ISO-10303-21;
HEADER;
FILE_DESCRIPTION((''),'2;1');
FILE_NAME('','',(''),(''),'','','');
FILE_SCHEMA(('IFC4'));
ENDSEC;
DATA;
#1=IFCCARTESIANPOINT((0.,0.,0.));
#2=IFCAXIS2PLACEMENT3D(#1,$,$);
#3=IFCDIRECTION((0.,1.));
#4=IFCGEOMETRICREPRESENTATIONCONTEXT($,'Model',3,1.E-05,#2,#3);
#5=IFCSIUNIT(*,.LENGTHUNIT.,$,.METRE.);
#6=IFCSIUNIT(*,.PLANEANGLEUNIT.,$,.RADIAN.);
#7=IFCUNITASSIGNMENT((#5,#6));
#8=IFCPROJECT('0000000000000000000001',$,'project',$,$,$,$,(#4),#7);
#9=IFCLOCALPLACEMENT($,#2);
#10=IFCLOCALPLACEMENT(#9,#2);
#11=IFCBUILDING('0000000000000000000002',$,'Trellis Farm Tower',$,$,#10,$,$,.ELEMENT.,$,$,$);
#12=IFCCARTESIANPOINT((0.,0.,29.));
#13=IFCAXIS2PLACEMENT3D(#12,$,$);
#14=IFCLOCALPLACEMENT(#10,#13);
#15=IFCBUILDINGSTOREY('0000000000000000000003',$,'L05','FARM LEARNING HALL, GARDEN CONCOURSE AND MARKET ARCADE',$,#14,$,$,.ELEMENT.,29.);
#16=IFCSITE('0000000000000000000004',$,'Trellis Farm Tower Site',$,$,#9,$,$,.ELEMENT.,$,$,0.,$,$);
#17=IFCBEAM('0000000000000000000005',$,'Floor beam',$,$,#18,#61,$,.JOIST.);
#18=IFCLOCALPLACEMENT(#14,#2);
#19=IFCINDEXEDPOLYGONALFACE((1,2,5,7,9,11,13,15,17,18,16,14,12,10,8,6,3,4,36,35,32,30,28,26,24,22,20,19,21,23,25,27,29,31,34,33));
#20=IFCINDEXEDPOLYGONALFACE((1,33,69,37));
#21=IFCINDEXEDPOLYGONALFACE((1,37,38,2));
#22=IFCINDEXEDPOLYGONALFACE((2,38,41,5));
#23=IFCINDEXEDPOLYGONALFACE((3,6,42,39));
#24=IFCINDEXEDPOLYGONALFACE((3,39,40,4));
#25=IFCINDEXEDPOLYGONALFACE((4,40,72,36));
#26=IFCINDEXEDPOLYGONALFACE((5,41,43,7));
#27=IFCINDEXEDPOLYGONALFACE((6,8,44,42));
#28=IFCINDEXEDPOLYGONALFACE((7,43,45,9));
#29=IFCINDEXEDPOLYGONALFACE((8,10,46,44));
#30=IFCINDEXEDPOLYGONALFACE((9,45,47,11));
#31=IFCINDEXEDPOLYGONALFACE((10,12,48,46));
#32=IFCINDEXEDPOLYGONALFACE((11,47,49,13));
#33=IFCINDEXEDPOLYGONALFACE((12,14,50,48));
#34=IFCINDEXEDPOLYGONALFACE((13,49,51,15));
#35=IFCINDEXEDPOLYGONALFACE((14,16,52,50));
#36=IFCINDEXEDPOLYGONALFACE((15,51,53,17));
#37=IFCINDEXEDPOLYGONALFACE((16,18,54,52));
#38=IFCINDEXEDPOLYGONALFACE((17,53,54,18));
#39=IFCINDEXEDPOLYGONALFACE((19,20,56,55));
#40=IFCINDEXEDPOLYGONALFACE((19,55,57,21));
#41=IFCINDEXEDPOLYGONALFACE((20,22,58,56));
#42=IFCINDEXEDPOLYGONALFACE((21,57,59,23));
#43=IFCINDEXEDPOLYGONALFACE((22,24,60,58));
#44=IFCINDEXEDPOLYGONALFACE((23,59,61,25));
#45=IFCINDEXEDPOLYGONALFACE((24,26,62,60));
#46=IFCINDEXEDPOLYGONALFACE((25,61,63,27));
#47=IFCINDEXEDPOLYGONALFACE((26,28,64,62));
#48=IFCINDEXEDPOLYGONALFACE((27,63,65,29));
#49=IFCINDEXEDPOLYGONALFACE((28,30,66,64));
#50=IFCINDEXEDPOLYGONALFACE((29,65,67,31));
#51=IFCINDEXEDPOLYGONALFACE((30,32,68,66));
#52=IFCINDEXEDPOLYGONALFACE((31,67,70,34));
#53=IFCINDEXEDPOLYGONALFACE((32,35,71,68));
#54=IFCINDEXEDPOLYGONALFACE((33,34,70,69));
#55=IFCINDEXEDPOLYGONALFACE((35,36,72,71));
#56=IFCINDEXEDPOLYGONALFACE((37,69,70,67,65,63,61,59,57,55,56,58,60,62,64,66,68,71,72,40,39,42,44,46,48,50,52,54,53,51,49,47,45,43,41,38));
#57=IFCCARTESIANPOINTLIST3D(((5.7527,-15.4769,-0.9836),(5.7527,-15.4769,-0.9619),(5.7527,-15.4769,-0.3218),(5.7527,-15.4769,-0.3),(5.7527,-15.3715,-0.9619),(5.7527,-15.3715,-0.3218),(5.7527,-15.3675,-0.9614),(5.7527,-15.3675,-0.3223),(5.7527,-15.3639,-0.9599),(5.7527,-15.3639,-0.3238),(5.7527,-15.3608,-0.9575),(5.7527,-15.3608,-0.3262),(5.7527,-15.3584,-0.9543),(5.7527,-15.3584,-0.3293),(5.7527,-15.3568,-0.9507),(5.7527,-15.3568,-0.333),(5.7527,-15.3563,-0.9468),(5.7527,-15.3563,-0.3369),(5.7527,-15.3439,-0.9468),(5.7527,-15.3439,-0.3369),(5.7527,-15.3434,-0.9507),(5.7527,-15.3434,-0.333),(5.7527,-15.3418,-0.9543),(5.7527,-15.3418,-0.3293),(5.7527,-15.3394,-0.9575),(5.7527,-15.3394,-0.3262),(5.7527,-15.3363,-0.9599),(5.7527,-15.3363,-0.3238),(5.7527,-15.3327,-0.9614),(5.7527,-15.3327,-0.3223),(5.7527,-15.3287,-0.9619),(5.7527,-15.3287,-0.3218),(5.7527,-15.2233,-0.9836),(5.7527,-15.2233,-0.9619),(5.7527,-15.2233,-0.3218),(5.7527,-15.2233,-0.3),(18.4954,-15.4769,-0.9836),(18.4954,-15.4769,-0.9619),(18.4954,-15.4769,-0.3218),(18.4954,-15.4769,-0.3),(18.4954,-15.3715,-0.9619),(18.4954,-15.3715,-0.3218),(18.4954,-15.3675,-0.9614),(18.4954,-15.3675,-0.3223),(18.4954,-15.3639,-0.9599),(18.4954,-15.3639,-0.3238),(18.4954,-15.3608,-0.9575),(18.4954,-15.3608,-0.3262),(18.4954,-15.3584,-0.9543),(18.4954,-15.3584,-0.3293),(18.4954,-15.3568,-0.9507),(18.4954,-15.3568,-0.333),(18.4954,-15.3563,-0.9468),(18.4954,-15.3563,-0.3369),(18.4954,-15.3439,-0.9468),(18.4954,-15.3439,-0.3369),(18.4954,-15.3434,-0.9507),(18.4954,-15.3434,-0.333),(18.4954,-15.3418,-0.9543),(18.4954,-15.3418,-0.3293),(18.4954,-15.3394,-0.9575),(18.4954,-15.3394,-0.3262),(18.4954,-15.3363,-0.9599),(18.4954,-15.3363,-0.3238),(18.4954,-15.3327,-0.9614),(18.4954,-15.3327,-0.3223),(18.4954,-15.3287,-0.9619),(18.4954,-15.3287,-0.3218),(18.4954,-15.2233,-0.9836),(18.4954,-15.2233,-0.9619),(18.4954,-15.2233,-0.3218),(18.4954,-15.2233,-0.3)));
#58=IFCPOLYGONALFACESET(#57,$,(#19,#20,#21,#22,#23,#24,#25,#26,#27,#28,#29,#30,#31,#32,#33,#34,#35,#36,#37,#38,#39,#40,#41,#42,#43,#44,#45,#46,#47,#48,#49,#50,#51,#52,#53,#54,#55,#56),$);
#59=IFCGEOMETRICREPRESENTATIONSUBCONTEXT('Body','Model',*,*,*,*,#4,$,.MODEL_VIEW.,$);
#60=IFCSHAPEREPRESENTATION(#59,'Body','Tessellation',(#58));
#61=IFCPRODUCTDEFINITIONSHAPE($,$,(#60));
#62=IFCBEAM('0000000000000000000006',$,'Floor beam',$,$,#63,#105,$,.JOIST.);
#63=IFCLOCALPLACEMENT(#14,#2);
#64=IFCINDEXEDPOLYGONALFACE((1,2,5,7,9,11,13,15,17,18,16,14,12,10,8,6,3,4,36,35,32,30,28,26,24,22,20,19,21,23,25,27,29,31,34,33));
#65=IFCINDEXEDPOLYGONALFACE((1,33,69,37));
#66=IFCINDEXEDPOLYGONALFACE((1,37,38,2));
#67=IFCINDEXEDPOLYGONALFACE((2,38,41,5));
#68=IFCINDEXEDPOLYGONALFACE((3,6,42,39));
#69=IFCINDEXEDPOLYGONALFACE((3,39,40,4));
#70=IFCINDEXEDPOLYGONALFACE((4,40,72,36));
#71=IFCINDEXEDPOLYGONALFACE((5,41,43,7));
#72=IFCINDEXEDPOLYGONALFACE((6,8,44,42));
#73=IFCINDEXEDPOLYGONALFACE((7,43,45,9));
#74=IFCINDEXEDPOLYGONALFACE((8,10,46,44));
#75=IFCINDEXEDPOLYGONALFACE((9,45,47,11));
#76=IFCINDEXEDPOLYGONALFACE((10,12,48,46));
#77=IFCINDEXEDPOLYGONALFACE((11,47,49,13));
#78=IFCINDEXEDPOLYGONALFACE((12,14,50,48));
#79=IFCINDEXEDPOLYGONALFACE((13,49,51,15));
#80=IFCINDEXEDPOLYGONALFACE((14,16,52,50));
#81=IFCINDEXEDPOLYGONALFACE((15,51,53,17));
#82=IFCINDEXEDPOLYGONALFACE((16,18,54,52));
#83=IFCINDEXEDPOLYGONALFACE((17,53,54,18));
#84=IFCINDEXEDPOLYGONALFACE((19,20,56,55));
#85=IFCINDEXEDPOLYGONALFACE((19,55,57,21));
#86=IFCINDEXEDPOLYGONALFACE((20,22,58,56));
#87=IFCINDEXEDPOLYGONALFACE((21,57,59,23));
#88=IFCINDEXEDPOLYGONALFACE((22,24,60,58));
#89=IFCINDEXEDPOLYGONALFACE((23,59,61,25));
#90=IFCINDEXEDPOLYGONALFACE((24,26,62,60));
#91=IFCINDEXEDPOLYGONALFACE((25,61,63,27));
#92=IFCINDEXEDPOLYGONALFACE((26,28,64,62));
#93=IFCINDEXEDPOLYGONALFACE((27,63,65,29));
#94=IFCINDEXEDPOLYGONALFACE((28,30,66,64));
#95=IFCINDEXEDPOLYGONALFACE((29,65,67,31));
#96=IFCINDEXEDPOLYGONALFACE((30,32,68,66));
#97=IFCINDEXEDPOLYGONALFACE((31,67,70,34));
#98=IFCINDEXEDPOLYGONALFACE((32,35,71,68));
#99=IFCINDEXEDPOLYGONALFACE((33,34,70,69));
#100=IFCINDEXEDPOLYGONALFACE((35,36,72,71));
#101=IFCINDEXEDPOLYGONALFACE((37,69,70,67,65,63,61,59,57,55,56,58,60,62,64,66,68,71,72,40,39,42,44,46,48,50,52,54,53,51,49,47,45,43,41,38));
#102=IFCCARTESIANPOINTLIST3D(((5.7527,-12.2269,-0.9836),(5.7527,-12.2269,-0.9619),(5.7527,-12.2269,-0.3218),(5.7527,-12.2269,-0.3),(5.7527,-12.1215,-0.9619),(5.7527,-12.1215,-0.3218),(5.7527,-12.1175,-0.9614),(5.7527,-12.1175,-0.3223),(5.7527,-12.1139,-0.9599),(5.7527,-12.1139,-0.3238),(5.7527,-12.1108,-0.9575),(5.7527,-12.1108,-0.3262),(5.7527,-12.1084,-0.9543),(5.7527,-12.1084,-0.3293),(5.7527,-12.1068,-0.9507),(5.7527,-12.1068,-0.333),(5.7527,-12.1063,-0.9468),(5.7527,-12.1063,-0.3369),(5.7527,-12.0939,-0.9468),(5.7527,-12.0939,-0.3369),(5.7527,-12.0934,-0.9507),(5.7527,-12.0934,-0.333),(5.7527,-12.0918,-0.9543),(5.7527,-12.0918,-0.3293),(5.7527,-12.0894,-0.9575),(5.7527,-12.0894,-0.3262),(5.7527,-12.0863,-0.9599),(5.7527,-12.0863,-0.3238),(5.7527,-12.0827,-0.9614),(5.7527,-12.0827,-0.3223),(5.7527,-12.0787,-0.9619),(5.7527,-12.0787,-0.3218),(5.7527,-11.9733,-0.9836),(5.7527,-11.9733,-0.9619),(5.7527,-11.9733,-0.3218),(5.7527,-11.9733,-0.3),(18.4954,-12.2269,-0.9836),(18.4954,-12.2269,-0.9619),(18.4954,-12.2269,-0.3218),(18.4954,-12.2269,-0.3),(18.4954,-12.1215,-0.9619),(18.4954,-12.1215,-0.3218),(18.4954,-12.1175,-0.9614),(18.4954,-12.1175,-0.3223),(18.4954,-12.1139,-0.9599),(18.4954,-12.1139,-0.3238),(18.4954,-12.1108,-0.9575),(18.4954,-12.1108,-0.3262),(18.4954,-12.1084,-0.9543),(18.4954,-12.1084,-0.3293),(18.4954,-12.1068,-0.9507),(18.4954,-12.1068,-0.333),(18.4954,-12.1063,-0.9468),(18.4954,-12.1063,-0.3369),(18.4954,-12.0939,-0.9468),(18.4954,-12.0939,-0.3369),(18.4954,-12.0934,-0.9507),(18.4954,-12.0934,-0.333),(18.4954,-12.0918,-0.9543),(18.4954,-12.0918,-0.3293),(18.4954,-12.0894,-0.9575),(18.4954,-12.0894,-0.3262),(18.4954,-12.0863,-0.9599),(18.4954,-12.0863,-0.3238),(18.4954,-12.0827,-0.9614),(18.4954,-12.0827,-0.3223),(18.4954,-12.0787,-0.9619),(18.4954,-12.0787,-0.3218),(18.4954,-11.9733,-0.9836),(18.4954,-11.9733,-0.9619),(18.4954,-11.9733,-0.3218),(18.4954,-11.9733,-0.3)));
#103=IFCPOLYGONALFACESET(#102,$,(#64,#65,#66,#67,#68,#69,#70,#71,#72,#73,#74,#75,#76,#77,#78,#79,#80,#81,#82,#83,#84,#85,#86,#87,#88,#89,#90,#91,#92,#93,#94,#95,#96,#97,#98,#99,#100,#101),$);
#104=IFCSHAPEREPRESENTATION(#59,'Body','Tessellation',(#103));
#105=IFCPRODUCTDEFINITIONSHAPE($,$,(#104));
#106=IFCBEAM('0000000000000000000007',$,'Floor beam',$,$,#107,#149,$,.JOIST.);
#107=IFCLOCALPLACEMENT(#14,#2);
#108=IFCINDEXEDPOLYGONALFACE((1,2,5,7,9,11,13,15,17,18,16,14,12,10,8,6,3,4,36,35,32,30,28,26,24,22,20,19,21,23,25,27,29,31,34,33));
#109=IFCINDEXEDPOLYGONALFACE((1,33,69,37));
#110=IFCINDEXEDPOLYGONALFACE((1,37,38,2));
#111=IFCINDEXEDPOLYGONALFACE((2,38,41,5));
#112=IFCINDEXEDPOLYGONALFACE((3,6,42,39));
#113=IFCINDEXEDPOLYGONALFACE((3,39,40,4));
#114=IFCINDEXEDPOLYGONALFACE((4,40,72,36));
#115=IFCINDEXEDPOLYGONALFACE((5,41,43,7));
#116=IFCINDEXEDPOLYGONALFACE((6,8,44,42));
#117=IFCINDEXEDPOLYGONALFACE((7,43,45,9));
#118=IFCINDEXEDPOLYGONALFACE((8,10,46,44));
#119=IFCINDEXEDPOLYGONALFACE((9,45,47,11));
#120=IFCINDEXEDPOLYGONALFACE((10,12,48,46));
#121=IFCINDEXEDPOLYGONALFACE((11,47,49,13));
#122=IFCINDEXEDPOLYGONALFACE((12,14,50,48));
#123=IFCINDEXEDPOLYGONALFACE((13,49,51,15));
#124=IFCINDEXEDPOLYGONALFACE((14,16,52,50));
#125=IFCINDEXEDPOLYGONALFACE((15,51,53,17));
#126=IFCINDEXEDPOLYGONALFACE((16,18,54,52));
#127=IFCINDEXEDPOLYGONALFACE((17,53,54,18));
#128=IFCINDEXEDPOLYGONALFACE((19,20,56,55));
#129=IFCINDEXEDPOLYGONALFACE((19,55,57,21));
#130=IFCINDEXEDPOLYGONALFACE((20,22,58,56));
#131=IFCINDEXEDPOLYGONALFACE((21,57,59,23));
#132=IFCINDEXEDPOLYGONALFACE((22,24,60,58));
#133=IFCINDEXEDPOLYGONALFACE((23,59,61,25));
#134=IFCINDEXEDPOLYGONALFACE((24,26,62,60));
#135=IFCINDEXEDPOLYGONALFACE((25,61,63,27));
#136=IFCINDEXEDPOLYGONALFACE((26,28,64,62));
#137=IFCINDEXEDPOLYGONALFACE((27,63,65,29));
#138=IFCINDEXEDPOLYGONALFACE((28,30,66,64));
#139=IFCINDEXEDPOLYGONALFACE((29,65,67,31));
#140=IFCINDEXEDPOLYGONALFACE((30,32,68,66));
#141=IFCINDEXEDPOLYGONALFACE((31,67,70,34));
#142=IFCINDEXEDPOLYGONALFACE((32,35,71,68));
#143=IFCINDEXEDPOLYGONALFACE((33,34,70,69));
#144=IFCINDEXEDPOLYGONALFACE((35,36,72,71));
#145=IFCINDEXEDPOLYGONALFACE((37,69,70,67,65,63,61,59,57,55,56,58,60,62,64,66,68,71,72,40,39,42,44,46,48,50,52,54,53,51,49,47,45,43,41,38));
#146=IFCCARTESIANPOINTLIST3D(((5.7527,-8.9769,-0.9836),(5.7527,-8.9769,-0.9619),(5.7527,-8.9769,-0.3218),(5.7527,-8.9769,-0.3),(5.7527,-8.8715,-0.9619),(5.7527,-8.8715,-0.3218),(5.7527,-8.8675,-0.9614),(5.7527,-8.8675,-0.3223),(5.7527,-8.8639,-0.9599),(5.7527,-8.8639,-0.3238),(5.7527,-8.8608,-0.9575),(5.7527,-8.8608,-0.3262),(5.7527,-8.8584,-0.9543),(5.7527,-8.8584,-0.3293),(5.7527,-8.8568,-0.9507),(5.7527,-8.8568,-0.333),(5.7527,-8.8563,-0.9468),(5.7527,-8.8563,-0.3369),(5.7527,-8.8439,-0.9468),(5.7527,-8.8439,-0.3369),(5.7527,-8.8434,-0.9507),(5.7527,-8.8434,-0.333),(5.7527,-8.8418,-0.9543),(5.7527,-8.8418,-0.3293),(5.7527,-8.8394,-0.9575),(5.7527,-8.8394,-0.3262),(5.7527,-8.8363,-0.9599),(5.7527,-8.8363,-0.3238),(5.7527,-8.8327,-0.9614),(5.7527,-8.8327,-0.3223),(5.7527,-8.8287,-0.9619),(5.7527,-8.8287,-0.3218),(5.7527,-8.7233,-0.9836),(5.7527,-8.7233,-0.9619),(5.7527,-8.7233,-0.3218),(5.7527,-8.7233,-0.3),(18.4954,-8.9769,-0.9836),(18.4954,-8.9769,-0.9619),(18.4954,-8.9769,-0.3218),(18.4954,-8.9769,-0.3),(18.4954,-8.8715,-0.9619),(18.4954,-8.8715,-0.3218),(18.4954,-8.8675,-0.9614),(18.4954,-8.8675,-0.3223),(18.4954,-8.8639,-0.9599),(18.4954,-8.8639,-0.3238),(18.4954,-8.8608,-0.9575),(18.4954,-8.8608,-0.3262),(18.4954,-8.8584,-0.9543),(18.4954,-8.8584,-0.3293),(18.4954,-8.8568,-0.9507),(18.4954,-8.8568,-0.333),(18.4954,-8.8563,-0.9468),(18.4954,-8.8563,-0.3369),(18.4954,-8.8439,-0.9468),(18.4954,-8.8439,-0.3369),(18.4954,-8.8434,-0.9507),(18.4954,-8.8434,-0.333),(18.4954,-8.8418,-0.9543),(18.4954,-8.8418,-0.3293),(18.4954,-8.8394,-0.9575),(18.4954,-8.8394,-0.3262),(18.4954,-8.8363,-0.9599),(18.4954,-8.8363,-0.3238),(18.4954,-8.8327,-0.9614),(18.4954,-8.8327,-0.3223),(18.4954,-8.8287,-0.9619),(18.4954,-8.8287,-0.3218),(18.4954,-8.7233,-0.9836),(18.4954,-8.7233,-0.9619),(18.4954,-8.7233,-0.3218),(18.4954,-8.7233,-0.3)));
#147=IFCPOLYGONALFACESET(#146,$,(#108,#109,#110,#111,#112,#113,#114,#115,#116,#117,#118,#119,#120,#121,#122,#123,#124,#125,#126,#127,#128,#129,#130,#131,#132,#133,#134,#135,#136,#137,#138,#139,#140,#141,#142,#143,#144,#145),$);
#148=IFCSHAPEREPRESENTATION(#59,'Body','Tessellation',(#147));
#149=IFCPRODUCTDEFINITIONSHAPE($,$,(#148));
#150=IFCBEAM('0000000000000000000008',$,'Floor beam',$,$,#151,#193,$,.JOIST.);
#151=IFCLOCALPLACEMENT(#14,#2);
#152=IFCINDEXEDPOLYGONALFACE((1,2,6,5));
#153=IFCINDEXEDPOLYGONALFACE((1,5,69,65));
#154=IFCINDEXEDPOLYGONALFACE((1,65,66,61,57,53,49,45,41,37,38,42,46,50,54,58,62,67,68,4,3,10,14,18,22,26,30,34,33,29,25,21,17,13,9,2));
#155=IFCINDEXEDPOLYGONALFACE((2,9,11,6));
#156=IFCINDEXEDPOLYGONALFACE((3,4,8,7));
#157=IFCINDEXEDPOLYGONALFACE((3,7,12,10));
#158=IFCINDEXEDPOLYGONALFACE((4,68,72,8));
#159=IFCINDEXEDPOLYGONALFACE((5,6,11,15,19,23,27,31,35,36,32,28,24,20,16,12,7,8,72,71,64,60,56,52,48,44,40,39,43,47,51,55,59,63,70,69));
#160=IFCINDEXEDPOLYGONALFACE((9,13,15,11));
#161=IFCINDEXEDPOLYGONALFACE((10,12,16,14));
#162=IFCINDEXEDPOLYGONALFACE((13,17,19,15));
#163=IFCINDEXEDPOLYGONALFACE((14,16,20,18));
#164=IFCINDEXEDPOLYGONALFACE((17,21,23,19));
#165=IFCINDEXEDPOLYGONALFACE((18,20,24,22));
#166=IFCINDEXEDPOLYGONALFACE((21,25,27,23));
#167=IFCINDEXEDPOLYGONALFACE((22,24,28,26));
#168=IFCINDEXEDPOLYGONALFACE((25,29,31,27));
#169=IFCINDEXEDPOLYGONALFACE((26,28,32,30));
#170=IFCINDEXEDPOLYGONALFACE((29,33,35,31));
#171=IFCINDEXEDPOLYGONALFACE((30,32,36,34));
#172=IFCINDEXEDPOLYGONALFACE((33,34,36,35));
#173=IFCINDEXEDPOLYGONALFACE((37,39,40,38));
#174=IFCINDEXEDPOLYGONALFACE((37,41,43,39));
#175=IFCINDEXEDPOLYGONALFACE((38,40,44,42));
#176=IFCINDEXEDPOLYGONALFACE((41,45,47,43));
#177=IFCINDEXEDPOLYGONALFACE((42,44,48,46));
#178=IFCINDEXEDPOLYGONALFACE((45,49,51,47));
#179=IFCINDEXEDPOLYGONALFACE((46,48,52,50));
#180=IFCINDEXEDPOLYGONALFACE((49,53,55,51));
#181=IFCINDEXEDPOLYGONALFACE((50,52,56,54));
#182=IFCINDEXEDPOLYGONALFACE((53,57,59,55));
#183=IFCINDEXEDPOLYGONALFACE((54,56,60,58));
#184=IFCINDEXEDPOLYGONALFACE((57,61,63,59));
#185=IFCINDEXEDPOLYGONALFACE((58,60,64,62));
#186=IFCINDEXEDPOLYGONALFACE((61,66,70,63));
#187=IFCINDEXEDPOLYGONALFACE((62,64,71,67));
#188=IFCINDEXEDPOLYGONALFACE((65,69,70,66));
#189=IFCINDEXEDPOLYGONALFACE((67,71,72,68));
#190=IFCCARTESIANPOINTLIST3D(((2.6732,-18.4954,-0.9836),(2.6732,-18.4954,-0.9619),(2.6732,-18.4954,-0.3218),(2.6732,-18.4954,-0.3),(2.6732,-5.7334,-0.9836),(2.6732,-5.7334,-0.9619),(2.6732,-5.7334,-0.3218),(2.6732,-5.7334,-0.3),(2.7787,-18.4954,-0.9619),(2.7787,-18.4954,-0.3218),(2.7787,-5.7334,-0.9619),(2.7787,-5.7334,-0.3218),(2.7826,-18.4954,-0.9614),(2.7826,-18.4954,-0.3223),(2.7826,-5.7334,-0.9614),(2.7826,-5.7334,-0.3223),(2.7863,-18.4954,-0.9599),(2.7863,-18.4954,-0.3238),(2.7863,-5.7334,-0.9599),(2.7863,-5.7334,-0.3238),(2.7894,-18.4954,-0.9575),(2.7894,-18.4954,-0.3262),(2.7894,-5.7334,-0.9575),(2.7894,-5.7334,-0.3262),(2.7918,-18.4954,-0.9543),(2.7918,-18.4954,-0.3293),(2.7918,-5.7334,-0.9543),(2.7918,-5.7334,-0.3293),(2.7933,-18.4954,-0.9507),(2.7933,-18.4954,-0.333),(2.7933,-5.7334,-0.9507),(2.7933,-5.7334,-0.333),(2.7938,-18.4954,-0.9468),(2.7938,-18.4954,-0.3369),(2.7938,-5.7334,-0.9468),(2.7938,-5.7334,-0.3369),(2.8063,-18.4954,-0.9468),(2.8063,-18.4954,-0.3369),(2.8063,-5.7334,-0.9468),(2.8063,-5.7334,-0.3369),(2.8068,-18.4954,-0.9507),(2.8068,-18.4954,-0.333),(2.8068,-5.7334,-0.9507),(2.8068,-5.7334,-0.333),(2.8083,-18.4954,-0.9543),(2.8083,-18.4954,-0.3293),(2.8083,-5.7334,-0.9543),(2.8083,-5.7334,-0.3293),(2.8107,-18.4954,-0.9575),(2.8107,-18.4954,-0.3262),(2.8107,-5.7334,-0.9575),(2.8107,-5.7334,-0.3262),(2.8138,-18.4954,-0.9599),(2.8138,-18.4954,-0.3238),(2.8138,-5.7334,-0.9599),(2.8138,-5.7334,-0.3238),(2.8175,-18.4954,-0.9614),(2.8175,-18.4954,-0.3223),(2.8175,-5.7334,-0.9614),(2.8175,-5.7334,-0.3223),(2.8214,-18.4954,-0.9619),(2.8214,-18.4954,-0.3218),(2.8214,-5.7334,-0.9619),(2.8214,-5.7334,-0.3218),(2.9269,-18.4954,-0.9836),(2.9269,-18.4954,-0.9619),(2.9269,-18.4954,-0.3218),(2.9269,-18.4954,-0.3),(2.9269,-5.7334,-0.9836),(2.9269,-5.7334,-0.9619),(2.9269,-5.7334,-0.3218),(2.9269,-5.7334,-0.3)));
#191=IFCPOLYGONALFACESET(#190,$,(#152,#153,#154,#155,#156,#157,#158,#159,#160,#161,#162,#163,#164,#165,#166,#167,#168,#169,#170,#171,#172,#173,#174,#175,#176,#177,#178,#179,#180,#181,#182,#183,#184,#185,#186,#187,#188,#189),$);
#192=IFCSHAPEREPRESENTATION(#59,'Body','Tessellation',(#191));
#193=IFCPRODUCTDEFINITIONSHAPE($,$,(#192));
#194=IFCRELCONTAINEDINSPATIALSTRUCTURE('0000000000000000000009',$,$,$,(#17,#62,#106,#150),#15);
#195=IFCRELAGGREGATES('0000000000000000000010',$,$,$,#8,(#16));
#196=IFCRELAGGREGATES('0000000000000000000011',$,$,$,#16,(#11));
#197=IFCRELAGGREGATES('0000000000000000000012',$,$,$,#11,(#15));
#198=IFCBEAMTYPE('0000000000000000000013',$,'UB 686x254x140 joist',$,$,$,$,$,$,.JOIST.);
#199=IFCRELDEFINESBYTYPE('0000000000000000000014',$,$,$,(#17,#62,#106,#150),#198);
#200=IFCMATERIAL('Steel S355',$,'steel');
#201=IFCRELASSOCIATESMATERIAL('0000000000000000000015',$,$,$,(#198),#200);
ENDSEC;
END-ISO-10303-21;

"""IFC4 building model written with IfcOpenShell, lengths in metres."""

from ifc_helpers import new_model, si_unit, direction, frame, origin, origin_2d, place, context, subcontext, project, spatial, i_section, extrude, source, transform, mapped, material, material_profile, profile_set, type_object, element, save


model = new_model("IFC4")

# Units and contexts
model_context = context("Model", 3, precision=1e-05, world=origin(), true_north=direction((0.0, 1.0)))
body_context = subcontext(model_context, "Body", "Model", "MODEL_VIEW")
ifc_project = project(units=[si_unit("LENGTHUNIT", "METRE"), si_unit("PLANEANGLEUNIT", "RADIAN")], contexts=[model_context])

# Site, building, storey
site_placement = place(None, origin())
site = spatial("IfcSite", under=ifc_project, at=site_placement, Name="Trellis Farm Tower Site", CompositionType="ELEMENT", RefElevation=0.0)
building_placement = place(site_placement, origin())
building = spatial("IfcBuilding", under=site, at=building_placement, Name="Trellis Farm Tower", CompositionType="ELEMENT")
storey_placement = place(building_placement, frame((0.0, 0.0, 29.0)))
storey = spatial("IfcBuildingStorey", under=building, at=storey_placement, Name="L05", Description="FARM LEARNING HALL, GARDEN CONCOURSE AND MARKET ARCADE", CompositionType="ELEMENT", Elevation=29.0)

# Beams
ifc_material_1 = material(Name="Steel S355", Category="steel")
ifc_material_profile_1 = material_profile(ifc_material_1, i_section(OverallWidth=0.2537, OverallDepth=0.6836, WebThickness=0.0125, FlangeThickness=0.0217, FilletRadius=0.0151, at=origin_2d()), Name="UB 686x254x140")
ifc_profile_set_1 = profile_set([ifc_material_profile_1], Name="Steel S355")
beam_type_1 = type_object("IfcBeamType", Name="UB 686x254x140 joist", PredefinedType="JOIST", material=ifc_profile_set_1)
shared_shape_1 = source(origin(), body_context, "Body", "SweptSolid", [
    extrude(i_section(OverallWidth=0.2537, OverallDepth=0.6836, WebThickness=0.0125, FlangeThickness=0.0217, FilletRadius=0.0151, at=origin_2d()), origin(), (0.0, 0.0, 1.0), 12.7427),
])
for number, where, z_axis, x_axis, name in (
    (1, (5.7527, -15.3501, -0.6418), (1.0, 0.0, 0.0), (0.0, 1.0, 0.0), "Floor beam"),
    (2, (5.7527, -12.1001, -0.6418), (1.0, 0.0, 0.0), (0.0, 1.0, 0.0), "Floor beam"),
    (3, (5.7527, -8.8501, -0.6418), (1.0, 0.0, 0.0), (0.0, 1.0, 0.0), "Floor beam"),
):
    element("IfcBeam", number, at=place(storey_placement, frame(where, z_axis=z_axis, x_axis=x_axis)), inside=storey, type_object=beam_type_1, Name=name, PredefinedType="JOIST", context=body_context, shape_type="MappedRepresentation", body=[
        mapped(shared_shape_1, transform((0.0, 0.0, 0.0))),
    ])
shared_shape_2 = source(origin(), body_context, "Body", "SweptSolid", [
    extrude(i_section(OverallWidth=0.2537, OverallDepth=0.6836, WebThickness=0.0125, FlangeThickness=0.0217, FilletRadius=0.0151, at=origin_2d()), origin(), (0.0, 0.0, 1.0), 12.762),
])
beam_1_placement = place(storey_placement, frame((2.8, -18.4954, -0.6418), z_axis=(0.0, 1.0, 0.0), x_axis=(-1.0, 0.0, 0.0)))
element("IfcBeam", 4, at=beam_1_placement, inside=storey, type_object=beam_type_1, Name="Floor beam", PredefinedType="JOIST", context=body_context, shape_type="MappedRepresentation", body=[
    mapped(shared_shape_2, transform((0.0, 0.0, 0.0))),
])

save(model, "model.ifc")
